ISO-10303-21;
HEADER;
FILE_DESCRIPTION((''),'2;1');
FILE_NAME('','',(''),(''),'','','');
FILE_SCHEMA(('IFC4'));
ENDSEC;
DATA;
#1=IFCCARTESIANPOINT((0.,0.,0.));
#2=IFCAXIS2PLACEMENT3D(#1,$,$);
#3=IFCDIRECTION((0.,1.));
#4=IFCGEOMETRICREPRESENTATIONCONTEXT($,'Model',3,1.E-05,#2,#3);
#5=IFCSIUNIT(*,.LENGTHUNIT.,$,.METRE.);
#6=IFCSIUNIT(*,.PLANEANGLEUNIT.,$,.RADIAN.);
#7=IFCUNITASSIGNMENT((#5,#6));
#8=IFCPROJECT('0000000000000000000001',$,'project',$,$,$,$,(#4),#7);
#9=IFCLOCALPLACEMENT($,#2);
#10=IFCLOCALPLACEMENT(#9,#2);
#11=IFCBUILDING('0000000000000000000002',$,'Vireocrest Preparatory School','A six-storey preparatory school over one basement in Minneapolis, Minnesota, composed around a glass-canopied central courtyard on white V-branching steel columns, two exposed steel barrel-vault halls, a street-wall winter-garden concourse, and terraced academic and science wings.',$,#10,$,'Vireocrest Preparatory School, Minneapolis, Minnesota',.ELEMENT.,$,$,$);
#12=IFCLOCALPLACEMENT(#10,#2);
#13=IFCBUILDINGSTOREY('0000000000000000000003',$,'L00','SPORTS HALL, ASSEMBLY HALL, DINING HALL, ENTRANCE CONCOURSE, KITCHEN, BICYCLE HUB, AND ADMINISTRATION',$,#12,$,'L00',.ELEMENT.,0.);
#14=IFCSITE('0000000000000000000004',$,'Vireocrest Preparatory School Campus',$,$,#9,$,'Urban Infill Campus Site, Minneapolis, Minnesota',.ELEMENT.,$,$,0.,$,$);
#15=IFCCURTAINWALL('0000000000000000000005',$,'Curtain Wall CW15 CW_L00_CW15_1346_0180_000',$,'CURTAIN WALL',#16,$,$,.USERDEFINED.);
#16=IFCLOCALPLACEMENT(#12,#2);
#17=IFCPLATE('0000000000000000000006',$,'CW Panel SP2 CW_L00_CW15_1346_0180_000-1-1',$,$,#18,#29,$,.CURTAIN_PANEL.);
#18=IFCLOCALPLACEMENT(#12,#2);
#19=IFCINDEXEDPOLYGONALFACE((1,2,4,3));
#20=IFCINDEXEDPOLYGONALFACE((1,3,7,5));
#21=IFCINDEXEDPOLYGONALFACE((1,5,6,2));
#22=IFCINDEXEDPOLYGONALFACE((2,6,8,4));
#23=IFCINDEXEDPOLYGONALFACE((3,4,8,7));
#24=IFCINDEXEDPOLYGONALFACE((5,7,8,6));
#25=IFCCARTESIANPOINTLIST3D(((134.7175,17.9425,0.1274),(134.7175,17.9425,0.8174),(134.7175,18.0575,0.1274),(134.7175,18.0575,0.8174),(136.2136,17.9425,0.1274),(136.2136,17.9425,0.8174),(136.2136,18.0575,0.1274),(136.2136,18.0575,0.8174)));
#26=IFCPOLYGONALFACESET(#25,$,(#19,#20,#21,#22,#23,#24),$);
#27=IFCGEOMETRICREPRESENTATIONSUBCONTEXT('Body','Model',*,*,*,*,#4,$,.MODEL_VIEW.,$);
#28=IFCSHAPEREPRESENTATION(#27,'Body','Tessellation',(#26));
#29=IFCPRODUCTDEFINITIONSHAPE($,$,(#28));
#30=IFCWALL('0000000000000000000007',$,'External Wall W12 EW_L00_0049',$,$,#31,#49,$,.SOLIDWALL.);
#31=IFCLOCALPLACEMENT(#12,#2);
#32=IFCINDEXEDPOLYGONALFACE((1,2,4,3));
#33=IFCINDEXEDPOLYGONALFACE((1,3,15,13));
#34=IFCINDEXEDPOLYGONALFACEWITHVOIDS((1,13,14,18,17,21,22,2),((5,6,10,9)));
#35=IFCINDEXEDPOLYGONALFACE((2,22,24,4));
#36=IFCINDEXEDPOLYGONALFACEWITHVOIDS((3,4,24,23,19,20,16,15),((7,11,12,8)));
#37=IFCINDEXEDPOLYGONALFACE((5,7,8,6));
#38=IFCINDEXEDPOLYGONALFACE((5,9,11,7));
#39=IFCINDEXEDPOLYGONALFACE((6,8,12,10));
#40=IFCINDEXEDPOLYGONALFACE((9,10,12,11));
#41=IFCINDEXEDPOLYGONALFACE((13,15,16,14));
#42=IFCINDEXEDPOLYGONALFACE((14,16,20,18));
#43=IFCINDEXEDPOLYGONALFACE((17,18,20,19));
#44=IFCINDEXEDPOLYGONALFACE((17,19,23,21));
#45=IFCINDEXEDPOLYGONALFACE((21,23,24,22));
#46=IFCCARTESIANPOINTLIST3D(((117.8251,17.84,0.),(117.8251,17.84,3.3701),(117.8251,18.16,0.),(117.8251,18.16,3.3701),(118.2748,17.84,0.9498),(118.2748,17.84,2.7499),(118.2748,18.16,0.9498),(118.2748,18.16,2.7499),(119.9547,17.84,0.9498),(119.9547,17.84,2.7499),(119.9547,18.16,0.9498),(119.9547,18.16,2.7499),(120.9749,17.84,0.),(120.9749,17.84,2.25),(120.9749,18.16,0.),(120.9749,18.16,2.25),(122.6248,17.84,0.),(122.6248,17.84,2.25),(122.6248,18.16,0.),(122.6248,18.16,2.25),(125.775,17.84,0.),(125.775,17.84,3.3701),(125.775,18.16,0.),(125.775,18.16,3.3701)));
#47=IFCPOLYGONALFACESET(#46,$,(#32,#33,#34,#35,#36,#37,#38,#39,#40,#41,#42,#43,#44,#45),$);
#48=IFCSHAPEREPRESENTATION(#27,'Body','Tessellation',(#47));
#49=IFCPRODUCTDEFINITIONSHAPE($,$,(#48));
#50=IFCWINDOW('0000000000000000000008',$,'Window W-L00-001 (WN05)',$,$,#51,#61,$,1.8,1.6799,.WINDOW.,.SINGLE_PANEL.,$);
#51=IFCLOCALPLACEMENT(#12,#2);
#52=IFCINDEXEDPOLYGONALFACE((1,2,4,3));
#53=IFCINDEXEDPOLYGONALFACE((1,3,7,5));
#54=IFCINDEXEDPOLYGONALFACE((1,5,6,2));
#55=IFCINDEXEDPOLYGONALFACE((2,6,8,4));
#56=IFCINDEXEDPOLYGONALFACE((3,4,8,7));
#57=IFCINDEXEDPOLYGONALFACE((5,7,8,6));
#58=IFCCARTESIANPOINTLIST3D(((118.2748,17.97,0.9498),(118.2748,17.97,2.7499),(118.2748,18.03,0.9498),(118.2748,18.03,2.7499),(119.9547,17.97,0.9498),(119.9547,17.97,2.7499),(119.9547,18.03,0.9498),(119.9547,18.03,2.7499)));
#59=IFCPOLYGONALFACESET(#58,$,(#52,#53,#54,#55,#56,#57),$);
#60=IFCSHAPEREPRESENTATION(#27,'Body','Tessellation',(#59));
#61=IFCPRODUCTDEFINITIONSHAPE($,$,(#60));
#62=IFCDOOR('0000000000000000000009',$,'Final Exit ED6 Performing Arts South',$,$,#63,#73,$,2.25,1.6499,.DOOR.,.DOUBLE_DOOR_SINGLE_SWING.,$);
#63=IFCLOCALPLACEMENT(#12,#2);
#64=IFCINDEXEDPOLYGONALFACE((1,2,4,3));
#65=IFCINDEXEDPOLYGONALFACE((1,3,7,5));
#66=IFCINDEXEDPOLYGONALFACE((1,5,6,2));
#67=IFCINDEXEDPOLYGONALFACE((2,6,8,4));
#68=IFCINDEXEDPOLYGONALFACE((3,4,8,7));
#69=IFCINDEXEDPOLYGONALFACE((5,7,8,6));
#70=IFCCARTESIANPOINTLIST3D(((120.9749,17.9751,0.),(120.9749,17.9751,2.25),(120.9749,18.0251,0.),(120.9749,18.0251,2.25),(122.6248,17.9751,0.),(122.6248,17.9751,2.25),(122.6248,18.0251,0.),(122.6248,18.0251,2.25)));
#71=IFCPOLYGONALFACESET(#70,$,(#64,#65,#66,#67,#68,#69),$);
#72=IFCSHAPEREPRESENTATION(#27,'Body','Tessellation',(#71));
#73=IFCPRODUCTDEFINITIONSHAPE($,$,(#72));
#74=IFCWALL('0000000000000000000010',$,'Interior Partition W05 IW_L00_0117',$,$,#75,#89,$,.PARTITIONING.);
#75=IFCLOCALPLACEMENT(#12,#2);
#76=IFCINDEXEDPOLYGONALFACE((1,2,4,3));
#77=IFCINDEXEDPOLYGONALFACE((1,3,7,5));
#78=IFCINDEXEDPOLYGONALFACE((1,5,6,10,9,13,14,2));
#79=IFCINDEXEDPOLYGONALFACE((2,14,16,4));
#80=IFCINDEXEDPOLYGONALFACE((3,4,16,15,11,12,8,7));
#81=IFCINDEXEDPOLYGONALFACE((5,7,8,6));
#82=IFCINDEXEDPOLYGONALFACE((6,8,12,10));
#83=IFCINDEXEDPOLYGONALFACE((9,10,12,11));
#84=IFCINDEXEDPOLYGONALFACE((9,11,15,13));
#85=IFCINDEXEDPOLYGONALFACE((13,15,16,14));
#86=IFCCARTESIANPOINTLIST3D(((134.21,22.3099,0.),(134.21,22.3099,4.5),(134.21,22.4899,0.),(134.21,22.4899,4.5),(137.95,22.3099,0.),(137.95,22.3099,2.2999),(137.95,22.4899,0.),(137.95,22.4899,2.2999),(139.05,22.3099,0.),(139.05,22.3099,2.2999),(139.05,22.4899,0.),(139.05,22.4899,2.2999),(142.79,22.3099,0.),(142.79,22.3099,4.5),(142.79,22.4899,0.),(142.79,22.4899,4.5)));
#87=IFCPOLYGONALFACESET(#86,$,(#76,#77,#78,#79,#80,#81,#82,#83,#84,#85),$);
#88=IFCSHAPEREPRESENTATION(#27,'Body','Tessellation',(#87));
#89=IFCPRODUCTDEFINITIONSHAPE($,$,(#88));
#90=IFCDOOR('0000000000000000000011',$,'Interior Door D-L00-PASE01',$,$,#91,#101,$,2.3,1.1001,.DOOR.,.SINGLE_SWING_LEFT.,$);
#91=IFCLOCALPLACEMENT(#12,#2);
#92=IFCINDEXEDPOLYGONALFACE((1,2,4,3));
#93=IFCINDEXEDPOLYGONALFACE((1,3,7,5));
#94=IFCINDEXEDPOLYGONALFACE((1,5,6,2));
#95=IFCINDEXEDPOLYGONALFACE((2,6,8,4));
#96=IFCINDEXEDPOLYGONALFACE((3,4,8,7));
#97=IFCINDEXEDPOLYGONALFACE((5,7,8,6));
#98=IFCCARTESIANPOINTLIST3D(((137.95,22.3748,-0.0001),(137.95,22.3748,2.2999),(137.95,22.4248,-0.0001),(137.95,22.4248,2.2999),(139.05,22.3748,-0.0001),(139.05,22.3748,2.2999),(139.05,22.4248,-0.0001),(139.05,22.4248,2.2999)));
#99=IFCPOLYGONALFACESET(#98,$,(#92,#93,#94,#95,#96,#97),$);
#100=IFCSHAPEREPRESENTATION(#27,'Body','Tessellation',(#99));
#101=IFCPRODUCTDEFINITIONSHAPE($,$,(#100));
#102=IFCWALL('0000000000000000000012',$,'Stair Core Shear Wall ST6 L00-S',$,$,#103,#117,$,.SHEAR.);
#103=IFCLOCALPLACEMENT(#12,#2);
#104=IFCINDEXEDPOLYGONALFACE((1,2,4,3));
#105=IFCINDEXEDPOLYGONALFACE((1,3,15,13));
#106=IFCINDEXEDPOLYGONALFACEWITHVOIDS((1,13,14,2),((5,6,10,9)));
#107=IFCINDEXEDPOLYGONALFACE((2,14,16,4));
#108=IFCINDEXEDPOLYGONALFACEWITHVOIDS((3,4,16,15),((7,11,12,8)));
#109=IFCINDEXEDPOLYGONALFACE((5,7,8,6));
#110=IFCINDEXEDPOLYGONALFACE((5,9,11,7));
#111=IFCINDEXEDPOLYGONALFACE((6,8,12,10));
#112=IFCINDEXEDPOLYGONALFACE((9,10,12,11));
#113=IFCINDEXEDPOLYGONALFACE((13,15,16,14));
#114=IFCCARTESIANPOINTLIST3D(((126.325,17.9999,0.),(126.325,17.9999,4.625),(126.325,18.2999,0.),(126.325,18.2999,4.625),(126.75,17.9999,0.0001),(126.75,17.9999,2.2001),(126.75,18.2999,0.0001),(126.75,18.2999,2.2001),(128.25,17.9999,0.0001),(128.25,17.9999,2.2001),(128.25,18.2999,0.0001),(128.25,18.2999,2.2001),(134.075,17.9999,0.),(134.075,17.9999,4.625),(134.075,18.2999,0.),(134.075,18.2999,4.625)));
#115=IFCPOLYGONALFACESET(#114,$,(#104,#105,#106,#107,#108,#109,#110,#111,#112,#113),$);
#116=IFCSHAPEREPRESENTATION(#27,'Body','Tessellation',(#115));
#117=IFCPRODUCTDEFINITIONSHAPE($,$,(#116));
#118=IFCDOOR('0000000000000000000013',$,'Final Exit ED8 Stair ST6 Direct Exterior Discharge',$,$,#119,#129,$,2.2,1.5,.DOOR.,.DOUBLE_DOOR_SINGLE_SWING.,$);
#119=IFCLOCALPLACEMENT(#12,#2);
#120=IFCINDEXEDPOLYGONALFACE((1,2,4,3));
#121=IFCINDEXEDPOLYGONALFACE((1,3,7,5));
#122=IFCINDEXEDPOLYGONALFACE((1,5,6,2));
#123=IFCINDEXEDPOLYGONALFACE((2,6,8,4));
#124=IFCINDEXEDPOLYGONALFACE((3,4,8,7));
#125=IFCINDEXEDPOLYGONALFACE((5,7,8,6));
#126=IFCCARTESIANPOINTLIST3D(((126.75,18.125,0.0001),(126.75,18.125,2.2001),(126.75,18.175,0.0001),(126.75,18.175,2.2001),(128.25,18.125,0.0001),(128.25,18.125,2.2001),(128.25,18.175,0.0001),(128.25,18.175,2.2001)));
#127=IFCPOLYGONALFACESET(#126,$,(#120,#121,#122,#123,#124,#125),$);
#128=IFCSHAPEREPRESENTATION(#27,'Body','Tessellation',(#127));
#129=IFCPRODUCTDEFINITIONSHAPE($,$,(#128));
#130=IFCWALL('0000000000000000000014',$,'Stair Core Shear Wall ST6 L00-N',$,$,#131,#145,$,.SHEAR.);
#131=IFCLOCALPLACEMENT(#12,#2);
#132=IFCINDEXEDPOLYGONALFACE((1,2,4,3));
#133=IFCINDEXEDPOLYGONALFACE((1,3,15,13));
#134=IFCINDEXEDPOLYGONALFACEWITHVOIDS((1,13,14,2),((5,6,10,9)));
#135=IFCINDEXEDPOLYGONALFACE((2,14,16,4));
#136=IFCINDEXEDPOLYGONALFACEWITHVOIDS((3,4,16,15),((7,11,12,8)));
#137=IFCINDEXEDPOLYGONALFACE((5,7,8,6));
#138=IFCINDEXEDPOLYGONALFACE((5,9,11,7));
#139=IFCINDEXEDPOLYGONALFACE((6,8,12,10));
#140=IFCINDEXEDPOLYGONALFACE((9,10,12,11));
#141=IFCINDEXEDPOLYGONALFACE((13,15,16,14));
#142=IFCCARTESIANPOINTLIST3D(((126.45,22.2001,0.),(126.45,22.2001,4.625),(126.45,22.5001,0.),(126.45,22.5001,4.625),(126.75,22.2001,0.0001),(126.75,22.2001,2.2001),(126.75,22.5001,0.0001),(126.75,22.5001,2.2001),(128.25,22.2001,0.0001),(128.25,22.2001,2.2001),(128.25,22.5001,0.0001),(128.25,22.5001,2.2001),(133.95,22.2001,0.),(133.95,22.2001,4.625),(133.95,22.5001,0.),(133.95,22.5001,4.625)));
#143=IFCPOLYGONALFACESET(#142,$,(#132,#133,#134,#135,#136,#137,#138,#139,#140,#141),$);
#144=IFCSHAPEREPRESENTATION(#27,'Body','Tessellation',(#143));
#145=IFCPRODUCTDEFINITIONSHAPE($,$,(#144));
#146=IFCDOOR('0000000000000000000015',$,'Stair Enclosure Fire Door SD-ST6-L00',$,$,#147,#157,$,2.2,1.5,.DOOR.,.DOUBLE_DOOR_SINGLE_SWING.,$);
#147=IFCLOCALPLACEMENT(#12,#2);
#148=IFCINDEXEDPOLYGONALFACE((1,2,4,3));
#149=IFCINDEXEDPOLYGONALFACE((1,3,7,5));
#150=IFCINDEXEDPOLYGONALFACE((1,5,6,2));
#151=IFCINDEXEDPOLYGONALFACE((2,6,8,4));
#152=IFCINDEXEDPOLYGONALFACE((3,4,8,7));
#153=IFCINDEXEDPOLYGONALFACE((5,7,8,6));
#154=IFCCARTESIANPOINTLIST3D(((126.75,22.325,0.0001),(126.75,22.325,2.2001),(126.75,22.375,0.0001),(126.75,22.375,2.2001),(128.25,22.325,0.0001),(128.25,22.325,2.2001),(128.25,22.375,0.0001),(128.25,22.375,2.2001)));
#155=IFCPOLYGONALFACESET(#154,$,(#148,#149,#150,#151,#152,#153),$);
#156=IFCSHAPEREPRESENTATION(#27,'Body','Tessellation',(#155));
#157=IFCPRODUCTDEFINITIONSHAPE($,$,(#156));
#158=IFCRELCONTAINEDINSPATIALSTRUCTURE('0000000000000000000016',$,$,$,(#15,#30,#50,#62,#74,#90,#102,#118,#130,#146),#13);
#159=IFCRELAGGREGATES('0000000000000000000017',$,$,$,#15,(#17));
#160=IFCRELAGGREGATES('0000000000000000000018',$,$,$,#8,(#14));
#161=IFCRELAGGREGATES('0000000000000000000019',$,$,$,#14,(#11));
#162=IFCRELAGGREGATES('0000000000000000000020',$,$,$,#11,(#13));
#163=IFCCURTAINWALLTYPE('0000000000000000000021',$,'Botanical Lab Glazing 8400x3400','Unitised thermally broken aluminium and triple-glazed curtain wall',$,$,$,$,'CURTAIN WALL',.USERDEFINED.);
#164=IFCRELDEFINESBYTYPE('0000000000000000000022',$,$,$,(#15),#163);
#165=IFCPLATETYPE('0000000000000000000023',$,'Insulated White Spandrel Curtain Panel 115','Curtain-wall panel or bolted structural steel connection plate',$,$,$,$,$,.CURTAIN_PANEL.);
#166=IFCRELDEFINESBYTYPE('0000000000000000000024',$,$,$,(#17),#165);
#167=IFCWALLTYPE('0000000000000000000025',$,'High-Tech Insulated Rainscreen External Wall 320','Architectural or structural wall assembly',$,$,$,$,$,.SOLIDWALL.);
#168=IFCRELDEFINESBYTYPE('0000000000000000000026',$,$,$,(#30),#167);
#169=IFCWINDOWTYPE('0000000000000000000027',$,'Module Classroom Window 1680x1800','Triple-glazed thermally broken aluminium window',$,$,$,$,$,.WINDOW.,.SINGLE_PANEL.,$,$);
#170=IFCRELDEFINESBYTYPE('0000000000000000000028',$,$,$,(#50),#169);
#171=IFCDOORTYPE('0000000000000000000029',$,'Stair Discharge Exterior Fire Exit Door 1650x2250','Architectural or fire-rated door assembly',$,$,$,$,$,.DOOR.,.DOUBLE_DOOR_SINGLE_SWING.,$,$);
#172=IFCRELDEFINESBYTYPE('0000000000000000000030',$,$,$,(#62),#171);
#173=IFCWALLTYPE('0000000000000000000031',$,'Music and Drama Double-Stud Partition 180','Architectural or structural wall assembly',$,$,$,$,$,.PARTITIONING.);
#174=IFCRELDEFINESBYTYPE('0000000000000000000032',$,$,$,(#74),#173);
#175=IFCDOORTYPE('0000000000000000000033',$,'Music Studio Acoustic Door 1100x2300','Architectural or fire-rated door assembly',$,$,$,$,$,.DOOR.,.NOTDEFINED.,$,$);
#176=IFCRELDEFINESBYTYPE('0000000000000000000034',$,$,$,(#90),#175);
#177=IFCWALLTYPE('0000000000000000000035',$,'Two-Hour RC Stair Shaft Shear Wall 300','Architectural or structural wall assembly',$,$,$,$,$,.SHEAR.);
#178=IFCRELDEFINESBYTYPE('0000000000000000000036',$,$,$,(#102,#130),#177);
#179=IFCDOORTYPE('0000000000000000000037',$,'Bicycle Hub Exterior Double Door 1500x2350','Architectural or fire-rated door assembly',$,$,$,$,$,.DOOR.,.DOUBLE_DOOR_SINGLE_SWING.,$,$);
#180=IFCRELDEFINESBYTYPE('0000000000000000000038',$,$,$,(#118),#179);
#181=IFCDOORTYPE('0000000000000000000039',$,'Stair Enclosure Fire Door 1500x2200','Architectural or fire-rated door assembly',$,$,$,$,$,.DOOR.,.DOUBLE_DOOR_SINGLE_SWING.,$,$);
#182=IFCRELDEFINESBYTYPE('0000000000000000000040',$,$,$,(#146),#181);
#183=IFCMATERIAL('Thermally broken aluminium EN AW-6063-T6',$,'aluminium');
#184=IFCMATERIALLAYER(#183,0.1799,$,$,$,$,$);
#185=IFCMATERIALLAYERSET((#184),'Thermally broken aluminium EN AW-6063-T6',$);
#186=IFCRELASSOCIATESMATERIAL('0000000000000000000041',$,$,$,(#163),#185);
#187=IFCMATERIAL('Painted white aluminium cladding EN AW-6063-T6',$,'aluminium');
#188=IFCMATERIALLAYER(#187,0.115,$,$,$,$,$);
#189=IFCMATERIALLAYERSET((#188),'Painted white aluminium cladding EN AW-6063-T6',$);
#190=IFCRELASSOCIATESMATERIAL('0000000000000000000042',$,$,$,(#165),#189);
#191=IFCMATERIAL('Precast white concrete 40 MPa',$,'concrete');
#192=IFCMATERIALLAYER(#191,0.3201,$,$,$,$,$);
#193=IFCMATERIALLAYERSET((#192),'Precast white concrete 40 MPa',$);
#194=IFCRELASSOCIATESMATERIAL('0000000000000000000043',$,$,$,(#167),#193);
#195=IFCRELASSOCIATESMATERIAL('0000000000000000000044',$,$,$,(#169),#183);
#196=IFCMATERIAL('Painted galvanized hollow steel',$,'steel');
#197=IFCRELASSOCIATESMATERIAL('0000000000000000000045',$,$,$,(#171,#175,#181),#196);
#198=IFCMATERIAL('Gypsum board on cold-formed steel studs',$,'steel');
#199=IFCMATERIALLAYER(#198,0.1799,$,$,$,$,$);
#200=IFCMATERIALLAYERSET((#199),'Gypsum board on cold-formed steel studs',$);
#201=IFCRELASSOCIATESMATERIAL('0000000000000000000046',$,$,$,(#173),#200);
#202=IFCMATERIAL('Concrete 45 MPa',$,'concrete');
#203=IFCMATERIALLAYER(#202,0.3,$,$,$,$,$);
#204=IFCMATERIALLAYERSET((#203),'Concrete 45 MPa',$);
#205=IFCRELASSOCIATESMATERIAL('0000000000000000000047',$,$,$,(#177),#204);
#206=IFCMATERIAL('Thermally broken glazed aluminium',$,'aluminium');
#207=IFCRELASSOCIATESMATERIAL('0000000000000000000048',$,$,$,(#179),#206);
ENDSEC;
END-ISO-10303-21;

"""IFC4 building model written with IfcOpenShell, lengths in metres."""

from ifc_helpers import new_model, si_unit, direction, frame, frame_2d, origin, origin_2d, place, context, subcontext, project, spatial, rectangle, extrude, material, layer, layer_set, type_object, element, fill, aggregate, save


model = new_model("IFC4")

# Units and contexts
model_context = context("Model", 3, precision=1e-05, world=origin(), true_north=direction((0.0, 1.0)))
body_context = subcontext(model_context, "Body", "Model", "MODEL_VIEW")
ifc_project = project(units=[si_unit("LENGTHUNIT", "METRE"), si_unit("PLANEANGLEUNIT", "RADIAN")], contexts=[model_context])

# Site, building, storey
site_placement = place(None, origin())
site = spatial("IfcSite", under=ifc_project, at=site_placement, Name="Vireocrest Preparatory School Campus", LongName="Urban Infill Campus Site, Minneapolis, Minnesota", CompositionType="ELEMENT", RefElevation=0.0)
building_placement = place(site_placement, origin())
building = spatial("IfcBuilding", under=site, at=building_placement, Name="Vireocrest Preparatory School", Description="A six-storey preparatory school over one basement in Minneapolis, Minnesota, composed around a glass-canopied central courtyard on white V-branching steel columns, two exposed steel barrel-vault halls, a street-wall winter-garden concourse, and terraced academic and science wings.", LongName="Vireocrest Preparatory School, Minneapolis, Minnesota", CompositionType="ELEMENT")
storey_placement = place(building_placement, origin())
storey = spatial("IfcBuildingStorey", under=building, at=storey_placement, Name="L00", Description="SPORTS HALL, ASSEMBLY HALL, DINING HALL, ENTRANCE CONCOURSE, KITCHEN, BICYCLE HUB, AND ADMINISTRATION", LongName="L00", CompositionType="ELEMENT", Elevation=0.0)

# Shared definitions
ifc_material_1 = material(Name="Concrete 45 MPa", Category="concrete")

# Curtain wall
ifc_material_2 = material(Name="Thermally broken aluminium EN AW-6063-T6", Category="aluminium")
ifc_layer_1 = layer(ifc_material_2, 0.1799)
ifc_layer_set_1 = layer_set([ifc_layer_1], Name="Thermally broken aluminium EN AW-6063-T6")
curtain_wall_type = type_object("IfcCurtainWallType", Name="Botanical Lab Glazing 8400x3400", Description="Unitised thermally broken aluminium and triple-glazed curtain wall", ElementType="CURTAIN WALL", PredefinedType="USERDEFINED", material=ifc_layer_set_1)
curtain_wall_placement = place(storey_placement, origin())
curtain_wall = element("IfcCurtainWall", 1, at=curtain_wall_placement, inside=storey, type_object=curtain_wall_type, Name="Curtain Wall CW15 CW_L00_CW15_1346_0180_000", ObjectType="CURTAIN WALL", PredefinedType="USERDEFINED")

# Plate
ifc_material_3 = material(Name="Painted white aluminium cladding EN AW-6063-T6", Category="aluminium")
ifc_layer_2 = layer(ifc_material_3, 0.115)
ifc_layer_set_2 = layer_set([ifc_layer_2], Name="Painted white aluminium cladding EN AW-6063-T6")
plate_type = type_object("IfcPlateType", Name="Insulated White Spandrel Curtain Panel 115", Description="Curtain-wall panel or bolted structural steel connection plate", PredefinedType="CURTAIN_PANEL", material=ifc_layer_set_2)
plate_placement = place(storey_placement, frame((135.4656, 18.0, 0.1274), z_axis=(0.0, 0.0, 1.0), x_axis=(1.0, 0.0, 0.0)))
plate = element("IfcPlate", 2, at=plate_placement, type_object=plate_type, Name="CW Panel SP2 CW_L00_CW15_1346_0180_000-1-1", PredefinedType="CURTAIN_PANEL", context=body_context, shape_type="SweptSolid", body=[
    extrude(rectangle(XDim=1.4961, YDim=0.115, at=origin_2d()), origin(), (0.0, 0.0, 1.0), 0.6899),
])
aggregate(curtain_wall, [plate])

# Wall, openings, window, door
ifc_material_4 = material(Name="Precast white concrete 40 MPa", Category="concrete")
ifc_layer_3 = layer(ifc_material_4, 0.3201)
ifc_layer_set_3 = layer_set([ifc_layer_3], Name="Precast white concrete 40 MPa")
wall_type_1 = type_object("IfcWallType", Name="High-Tech Insulated Rainscreen External Wall 320", Description="Architectural or structural wall assembly", PredefinedType="SOLIDWALL", material=ifc_layer_set_3)
wall_1_placement = place(storey_placement, frame((117.825, 18.0, 0.0), z_axis=(0.0, 0.0, 1.0), x_axis=(1.0, 0.0, 0.0)))
wall_1 = element("IfcWall", 3, at=wall_1_placement, inside=storey, type_object=wall_type_1, Name="External Wall W12 EW_L00_0049", PredefinedType="SOLIDWALL", context=body_context, shape_type="SweptSolid", body=[
    extrude(rectangle(XDim=7.95, YDim=0.3201, at=frame_2d((3.9751, 0.0))), origin(), (0.0, 0.0, 1.0), 3.3701),
])
opening_1_placement = place(wall_1_placement, frame((4.7998, 0.0, 0.0), z_axis=(0.0, 0.0, 1.0), x_axis=(-1.0, 0.0, 0.0)))
opening_1 = element("IfcOpeningElement", 4, at=opening_1_placement, cuts=wall_1, PredefinedType="OPENING", context=body_context, shape_type="SweptSolid", body=[
    extrude(rectangle(XDim=1.6499, YDim=2.25, at=frame_2d((0.825, 1.125))), frame((0.0, 0.1699, 0.0), z_axis=(0.0, -1.0, 0.0), x_axis=(1.0, 0.0, 0.0)), (0.0, 0.0, 1.0), 0.3401),
])
opening_2_placement = place(wall_1_placement, frame((0.45, 0.0, 0.95)))
opening_2 = element("IfcOpeningElement", 5, at=opening_2_placement, cuts=wall_1, PredefinedType="OPENING", context=body_context, shape_type="SweptSolid", body=[
    extrude(rectangle(XDim=1.6799, YDim=1.8, at=frame_2d((0.8398, 0.8999))), frame((0.0, 0.1699, 0.0), z_axis=(0.0, -1.0, 0.0), x_axis=(1.0, 0.0, 0.0)), (0.0, 0.0, 1.0), 0.3401),
])
window_type = type_object("IfcWindowType", Name="Module Classroom Window 1680x1800", Description="Triple-glazed thermally broken aluminium window", PartitioningType="SINGLE_PANEL", PredefinedType="WINDOW", material=ifc_material_2)
window_placement = place(opening_2_placement, origin())
window = element("IfcWindow", 6, at=window_placement, inside=storey, type_object=window_type, Name="Window W-L00-001 (WN05)", OverallHeight=1.8, OverallWidth=1.6799, PartitioningType="SINGLE_PANEL", PredefinedType="WINDOW", context=body_context, shape_type="SweptSolid", body=[
    extrude(rectangle(XDim=1.6799, YDim=1.8, at=frame_2d((0.8398, 0.8999))), frame((0.0, 0.03, 0.0), z_axis=(0.0, -1.0, 0.0), x_axis=(1.0, 0.0, 0.0)), (0.0, 0.0, 1.0), 0.0601),
])
fill(opening_2, window)
ifc_material_5 = material(Name="Painted galvanized hollow steel", Category="steel")
door_type_1 = type_object("IfcDoorType", Name="Stair Discharge Exterior Fire Exit Door 1650x2250", Description="Architectural or fire-rated door assembly", OperationType="DOUBLE_DOOR_SINGLE_SWING", PredefinedType="DOOR", material=ifc_material_5)
door_1_placement = place(opening_1_placement, origin())
door_1 = element("IfcDoor", 7, at=door_1_placement, inside=storey, type_object=door_type_1, Name="Final Exit ED6 Performing Arts South", OperationType="DOUBLE_DOOR_SINGLE_SWING", OverallHeight=2.25, OverallWidth=1.6499, PredefinedType="DOOR", context=body_context, shape_type="SweptSolid", body=[
    extrude(rectangle(XDim=1.6499, YDim=2.25, at=frame_2d((0.825, 1.125))), frame((0.0, 0.0249, 0.0), z_axis=(0.0, -1.0, 0.0), x_axis=(1.0, 0.0, 0.0)), (0.0, 0.0, 1.0), 0.05),
])
fill(opening_1, door_1)

# Walls, openings, doors
ifc_material_6 = material(Name="Gypsum board on cold-formed steel studs", Category="steel")
ifc_layer_4 = layer(ifc_material_6, 0.1799)
ifc_layer_set_4 = layer_set([ifc_layer_4], Name="Gypsum board on cold-formed steel studs")
wall_type_2 = type_object("IfcWallType", Name="Music and Drama Double-Stud Partition 180", Description="Architectural or structural wall assembly", PredefinedType="PARTITIONING", material=ifc_layer_set_4)
wall_2_placement = place(storey_placement, frame((134.21, 22.3999, 0.0), z_axis=(0.0, 0.0, 1.0), x_axis=(1.0, 0.0, 0.0)))
wall_2 = element("IfcWall", 8, at=wall_2_placement, inside=storey, type_object=wall_type_2, Name="Interior Partition W05 IW_L00_0117", PredefinedType="PARTITIONING", context=body_context, shape_type="SweptSolid", body=[
    extrude(rectangle(XDim=8.5801, YDim=0.1799, at=frame_2d((4.29, 0.0))), origin(), (0.0, 0.0, 1.0), 4.5),
])
opening_3_placement = place(wall_2_placement, frame((3.74, 0.0, 0.0)))
opening_3 = element("IfcOpeningElement", 9, at=opening_3_placement, cuts=wall_2, PredefinedType="OPENING", context=body_context, shape_type="SweptSolid", body=[
    extrude(rectangle(XDim=1.1001, YDim=2.3, at=frame_2d((0.55, 1.1499))), frame((0.0, 0.0999, 0.0), z_axis=(0.0, -1.0, 0.0), x_axis=(1.0, 0.0, 0.0)), (0.0, 0.0, 1.0), 0.2),
])
door_type_2 = type_object("IfcDoorType", Name="Music Studio Acoustic Door 1100x2300", Description="Architectural or fire-rated door assembly", OperationType="NOTDEFINED", PredefinedType="DOOR", material=ifc_material_5)
door_2_placement = place(opening_3_placement, origin())
door_2 = element("IfcDoor", 10, at=door_2_placement, inside=storey, type_object=door_type_2, Name="Interior Door D-L00-PASE01", OperationType="SINGLE_SWING_LEFT", OverallHeight=2.3, OverallWidth=1.1001, PredefinedType="DOOR", context=body_context, shape_type="SweptSolid", body=[
    extrude(rectangle(XDim=1.1001, YDim=2.3, at=frame_2d((0.55, 1.1499))), frame((0.0, 0.0249, 0.0), z_axis=(0.0, -1.0, 0.0), x_axis=(1.0, 0.0, 0.0)), (0.0, 0.0, 1.0), 0.05),
])
fill(opening_3, door_2)
ifc_layer_5 = layer(ifc_material_1, 0.3)
ifc_layer_set_5 = layer_set([ifc_layer_5], Name="Concrete 45 MPa")
wall_type_3 = type_object("IfcWallType", Name="Two-Hour RC Stair Shaft Shear Wall 300", Description="Architectural or structural wall assembly", PredefinedType="SHEAR", material=ifc_layer_set_5)
wall_3_placement = place(storey_placement, frame((126.325, 18.1499, 0.0), z_axis=(0.0, 0.0, 1.0), x_axis=(1.0, 0.0, 0.0)))
wall_3 = element("IfcWall", 11, at=wall_3_placement, inside=storey, type_object=wall_type_3, Name="Stair Core Shear Wall ST6 L00-S", PredefinedType="SHEAR", context=body_context, shape_type="SweptSolid", body=[
    extrude(rectangle(XDim=7.75, YDim=0.3, at=frame_2d((3.875, 0.0))), origin(), (0.0, 0.0, 1.0), 4.625),
])
opening_4_placement = place(wall_3_placement, frame((1.925, 0.0, 0.0), z_axis=(0.0, 0.0, 1.0), x_axis=(-1.0, 0.0, 0.0)))
opening_4 = element("IfcOpeningElement", 12, at=opening_4_placement, cuts=wall_3, PredefinedType="OPENING", context=body_context, shape_type="SweptSolid", body=[
    extrude(rectangle(XDim=1.5, YDim=2.2, at=frame_2d((0.75, 1.1001))), frame((0.0, 0.1599, 0.0), z_axis=(0.0, -1.0, 0.0), x_axis=(1.0, 0.0, 0.0)), (0.0, 0.0, 1.0), 0.3201),
])
ifc_material_7 = material(Name="Thermally broken glazed aluminium", Category="aluminium")
door_type_3 = type_object("IfcDoorType", Name="Bicycle Hub Exterior Double Door 1500x2350", Description="Architectural or fire-rated door assembly", OperationType="DOUBLE_DOOR_SINGLE_SWING", PredefinedType="DOOR", material=ifc_material_7)
door_3_placement = place(opening_4_placement, origin())
door_3 = element("IfcDoor", 13, at=door_3_placement, inside=storey, type_object=door_type_3, Name="Final Exit ED8 Stair ST6 Direct Exterior Discharge", OperationType="DOUBLE_DOOR_SINGLE_SWING", OverallHeight=2.2, OverallWidth=1.5, PredefinedType="DOOR", context=body_context, shape_type="SweptSolid", body=[
    extrude(rectangle(XDim=1.5, YDim=2.2, at=frame_2d((0.75, 1.1001))), frame((0.0, 0.0249, 0.0), z_axis=(0.0, -1.0, 0.0), x_axis=(1.0, 0.0, 0.0)), (0.0, 0.0, 1.0), 0.05),
])
fill(opening_4, door_3)
wall_4_placement = place(storey_placement, frame((126.45, 22.3501, 0.0), z_axis=(0.0, 0.0, 1.0), x_axis=(1.0, 0.0, 0.0)))
wall_4 = element("IfcWall", 14, at=wall_4_placement, inside=storey, type_object=wall_type_3, Name="Stair Core Shear Wall ST6 L00-N", PredefinedType="SHEAR", context=body_context, shape_type="SweptSolid", body=[
    extrude(rectangle(XDim=7.5, YDim=0.3, at=frame_2d((3.75, 0.0))), origin(), (0.0, 0.0, 1.0), 4.625),
])
opening_5_placement = place(wall_4_placement, frame((0.3, 0.0, 0.0)))
opening_5 = element("IfcOpeningElement", 15, at=opening_5_placement, cuts=wall_4, PredefinedType="OPENING", context=body_context, shape_type="SweptSolid", body=[
    extrude(rectangle(XDim=1.5, YDim=2.2, at=frame_2d((0.75, 1.1001))), frame((0.0, 0.1599, 0.0), z_axis=(0.0, -1.0, 0.0), x_axis=(1.0, 0.0, 0.0)), (0.0, 0.0, 1.0), 0.3201),
])
door_type_4 = type_object("IfcDoorType", Name="Stair Enclosure Fire Door 1500x2200", Description="Architectural or fire-rated door assembly", OperationType="DOUBLE_DOOR_SINGLE_SWING", PredefinedType="DOOR", material=ifc_material_5)
door_4_placement = place(opening_5_placement, origin())
door_4 = element("IfcDoor", 16, at=door_4_placement, inside=storey, type_object=door_type_4, Name="Stair Enclosure Fire Door SD-ST6-L00", OperationType="DOUBLE_DOOR_SINGLE_SWING", OverallHeight=2.2, OverallWidth=1.5, PredefinedType="DOOR", context=body_context, shape_type="SweptSolid", body=[
    extrude(rectangle(XDim=1.5, YDim=2.2, at=frame_2d((0.75, 1.1001))), frame((0.0, 0.0249, 0.0), z_axis=(0.0, -1.0, 0.0), x_axis=(1.0, 0.0, 0.0)), (0.0, 0.0, 1.0), 0.05),
])
fill(opening_5, door_4)

save(model, "model.ifc")
